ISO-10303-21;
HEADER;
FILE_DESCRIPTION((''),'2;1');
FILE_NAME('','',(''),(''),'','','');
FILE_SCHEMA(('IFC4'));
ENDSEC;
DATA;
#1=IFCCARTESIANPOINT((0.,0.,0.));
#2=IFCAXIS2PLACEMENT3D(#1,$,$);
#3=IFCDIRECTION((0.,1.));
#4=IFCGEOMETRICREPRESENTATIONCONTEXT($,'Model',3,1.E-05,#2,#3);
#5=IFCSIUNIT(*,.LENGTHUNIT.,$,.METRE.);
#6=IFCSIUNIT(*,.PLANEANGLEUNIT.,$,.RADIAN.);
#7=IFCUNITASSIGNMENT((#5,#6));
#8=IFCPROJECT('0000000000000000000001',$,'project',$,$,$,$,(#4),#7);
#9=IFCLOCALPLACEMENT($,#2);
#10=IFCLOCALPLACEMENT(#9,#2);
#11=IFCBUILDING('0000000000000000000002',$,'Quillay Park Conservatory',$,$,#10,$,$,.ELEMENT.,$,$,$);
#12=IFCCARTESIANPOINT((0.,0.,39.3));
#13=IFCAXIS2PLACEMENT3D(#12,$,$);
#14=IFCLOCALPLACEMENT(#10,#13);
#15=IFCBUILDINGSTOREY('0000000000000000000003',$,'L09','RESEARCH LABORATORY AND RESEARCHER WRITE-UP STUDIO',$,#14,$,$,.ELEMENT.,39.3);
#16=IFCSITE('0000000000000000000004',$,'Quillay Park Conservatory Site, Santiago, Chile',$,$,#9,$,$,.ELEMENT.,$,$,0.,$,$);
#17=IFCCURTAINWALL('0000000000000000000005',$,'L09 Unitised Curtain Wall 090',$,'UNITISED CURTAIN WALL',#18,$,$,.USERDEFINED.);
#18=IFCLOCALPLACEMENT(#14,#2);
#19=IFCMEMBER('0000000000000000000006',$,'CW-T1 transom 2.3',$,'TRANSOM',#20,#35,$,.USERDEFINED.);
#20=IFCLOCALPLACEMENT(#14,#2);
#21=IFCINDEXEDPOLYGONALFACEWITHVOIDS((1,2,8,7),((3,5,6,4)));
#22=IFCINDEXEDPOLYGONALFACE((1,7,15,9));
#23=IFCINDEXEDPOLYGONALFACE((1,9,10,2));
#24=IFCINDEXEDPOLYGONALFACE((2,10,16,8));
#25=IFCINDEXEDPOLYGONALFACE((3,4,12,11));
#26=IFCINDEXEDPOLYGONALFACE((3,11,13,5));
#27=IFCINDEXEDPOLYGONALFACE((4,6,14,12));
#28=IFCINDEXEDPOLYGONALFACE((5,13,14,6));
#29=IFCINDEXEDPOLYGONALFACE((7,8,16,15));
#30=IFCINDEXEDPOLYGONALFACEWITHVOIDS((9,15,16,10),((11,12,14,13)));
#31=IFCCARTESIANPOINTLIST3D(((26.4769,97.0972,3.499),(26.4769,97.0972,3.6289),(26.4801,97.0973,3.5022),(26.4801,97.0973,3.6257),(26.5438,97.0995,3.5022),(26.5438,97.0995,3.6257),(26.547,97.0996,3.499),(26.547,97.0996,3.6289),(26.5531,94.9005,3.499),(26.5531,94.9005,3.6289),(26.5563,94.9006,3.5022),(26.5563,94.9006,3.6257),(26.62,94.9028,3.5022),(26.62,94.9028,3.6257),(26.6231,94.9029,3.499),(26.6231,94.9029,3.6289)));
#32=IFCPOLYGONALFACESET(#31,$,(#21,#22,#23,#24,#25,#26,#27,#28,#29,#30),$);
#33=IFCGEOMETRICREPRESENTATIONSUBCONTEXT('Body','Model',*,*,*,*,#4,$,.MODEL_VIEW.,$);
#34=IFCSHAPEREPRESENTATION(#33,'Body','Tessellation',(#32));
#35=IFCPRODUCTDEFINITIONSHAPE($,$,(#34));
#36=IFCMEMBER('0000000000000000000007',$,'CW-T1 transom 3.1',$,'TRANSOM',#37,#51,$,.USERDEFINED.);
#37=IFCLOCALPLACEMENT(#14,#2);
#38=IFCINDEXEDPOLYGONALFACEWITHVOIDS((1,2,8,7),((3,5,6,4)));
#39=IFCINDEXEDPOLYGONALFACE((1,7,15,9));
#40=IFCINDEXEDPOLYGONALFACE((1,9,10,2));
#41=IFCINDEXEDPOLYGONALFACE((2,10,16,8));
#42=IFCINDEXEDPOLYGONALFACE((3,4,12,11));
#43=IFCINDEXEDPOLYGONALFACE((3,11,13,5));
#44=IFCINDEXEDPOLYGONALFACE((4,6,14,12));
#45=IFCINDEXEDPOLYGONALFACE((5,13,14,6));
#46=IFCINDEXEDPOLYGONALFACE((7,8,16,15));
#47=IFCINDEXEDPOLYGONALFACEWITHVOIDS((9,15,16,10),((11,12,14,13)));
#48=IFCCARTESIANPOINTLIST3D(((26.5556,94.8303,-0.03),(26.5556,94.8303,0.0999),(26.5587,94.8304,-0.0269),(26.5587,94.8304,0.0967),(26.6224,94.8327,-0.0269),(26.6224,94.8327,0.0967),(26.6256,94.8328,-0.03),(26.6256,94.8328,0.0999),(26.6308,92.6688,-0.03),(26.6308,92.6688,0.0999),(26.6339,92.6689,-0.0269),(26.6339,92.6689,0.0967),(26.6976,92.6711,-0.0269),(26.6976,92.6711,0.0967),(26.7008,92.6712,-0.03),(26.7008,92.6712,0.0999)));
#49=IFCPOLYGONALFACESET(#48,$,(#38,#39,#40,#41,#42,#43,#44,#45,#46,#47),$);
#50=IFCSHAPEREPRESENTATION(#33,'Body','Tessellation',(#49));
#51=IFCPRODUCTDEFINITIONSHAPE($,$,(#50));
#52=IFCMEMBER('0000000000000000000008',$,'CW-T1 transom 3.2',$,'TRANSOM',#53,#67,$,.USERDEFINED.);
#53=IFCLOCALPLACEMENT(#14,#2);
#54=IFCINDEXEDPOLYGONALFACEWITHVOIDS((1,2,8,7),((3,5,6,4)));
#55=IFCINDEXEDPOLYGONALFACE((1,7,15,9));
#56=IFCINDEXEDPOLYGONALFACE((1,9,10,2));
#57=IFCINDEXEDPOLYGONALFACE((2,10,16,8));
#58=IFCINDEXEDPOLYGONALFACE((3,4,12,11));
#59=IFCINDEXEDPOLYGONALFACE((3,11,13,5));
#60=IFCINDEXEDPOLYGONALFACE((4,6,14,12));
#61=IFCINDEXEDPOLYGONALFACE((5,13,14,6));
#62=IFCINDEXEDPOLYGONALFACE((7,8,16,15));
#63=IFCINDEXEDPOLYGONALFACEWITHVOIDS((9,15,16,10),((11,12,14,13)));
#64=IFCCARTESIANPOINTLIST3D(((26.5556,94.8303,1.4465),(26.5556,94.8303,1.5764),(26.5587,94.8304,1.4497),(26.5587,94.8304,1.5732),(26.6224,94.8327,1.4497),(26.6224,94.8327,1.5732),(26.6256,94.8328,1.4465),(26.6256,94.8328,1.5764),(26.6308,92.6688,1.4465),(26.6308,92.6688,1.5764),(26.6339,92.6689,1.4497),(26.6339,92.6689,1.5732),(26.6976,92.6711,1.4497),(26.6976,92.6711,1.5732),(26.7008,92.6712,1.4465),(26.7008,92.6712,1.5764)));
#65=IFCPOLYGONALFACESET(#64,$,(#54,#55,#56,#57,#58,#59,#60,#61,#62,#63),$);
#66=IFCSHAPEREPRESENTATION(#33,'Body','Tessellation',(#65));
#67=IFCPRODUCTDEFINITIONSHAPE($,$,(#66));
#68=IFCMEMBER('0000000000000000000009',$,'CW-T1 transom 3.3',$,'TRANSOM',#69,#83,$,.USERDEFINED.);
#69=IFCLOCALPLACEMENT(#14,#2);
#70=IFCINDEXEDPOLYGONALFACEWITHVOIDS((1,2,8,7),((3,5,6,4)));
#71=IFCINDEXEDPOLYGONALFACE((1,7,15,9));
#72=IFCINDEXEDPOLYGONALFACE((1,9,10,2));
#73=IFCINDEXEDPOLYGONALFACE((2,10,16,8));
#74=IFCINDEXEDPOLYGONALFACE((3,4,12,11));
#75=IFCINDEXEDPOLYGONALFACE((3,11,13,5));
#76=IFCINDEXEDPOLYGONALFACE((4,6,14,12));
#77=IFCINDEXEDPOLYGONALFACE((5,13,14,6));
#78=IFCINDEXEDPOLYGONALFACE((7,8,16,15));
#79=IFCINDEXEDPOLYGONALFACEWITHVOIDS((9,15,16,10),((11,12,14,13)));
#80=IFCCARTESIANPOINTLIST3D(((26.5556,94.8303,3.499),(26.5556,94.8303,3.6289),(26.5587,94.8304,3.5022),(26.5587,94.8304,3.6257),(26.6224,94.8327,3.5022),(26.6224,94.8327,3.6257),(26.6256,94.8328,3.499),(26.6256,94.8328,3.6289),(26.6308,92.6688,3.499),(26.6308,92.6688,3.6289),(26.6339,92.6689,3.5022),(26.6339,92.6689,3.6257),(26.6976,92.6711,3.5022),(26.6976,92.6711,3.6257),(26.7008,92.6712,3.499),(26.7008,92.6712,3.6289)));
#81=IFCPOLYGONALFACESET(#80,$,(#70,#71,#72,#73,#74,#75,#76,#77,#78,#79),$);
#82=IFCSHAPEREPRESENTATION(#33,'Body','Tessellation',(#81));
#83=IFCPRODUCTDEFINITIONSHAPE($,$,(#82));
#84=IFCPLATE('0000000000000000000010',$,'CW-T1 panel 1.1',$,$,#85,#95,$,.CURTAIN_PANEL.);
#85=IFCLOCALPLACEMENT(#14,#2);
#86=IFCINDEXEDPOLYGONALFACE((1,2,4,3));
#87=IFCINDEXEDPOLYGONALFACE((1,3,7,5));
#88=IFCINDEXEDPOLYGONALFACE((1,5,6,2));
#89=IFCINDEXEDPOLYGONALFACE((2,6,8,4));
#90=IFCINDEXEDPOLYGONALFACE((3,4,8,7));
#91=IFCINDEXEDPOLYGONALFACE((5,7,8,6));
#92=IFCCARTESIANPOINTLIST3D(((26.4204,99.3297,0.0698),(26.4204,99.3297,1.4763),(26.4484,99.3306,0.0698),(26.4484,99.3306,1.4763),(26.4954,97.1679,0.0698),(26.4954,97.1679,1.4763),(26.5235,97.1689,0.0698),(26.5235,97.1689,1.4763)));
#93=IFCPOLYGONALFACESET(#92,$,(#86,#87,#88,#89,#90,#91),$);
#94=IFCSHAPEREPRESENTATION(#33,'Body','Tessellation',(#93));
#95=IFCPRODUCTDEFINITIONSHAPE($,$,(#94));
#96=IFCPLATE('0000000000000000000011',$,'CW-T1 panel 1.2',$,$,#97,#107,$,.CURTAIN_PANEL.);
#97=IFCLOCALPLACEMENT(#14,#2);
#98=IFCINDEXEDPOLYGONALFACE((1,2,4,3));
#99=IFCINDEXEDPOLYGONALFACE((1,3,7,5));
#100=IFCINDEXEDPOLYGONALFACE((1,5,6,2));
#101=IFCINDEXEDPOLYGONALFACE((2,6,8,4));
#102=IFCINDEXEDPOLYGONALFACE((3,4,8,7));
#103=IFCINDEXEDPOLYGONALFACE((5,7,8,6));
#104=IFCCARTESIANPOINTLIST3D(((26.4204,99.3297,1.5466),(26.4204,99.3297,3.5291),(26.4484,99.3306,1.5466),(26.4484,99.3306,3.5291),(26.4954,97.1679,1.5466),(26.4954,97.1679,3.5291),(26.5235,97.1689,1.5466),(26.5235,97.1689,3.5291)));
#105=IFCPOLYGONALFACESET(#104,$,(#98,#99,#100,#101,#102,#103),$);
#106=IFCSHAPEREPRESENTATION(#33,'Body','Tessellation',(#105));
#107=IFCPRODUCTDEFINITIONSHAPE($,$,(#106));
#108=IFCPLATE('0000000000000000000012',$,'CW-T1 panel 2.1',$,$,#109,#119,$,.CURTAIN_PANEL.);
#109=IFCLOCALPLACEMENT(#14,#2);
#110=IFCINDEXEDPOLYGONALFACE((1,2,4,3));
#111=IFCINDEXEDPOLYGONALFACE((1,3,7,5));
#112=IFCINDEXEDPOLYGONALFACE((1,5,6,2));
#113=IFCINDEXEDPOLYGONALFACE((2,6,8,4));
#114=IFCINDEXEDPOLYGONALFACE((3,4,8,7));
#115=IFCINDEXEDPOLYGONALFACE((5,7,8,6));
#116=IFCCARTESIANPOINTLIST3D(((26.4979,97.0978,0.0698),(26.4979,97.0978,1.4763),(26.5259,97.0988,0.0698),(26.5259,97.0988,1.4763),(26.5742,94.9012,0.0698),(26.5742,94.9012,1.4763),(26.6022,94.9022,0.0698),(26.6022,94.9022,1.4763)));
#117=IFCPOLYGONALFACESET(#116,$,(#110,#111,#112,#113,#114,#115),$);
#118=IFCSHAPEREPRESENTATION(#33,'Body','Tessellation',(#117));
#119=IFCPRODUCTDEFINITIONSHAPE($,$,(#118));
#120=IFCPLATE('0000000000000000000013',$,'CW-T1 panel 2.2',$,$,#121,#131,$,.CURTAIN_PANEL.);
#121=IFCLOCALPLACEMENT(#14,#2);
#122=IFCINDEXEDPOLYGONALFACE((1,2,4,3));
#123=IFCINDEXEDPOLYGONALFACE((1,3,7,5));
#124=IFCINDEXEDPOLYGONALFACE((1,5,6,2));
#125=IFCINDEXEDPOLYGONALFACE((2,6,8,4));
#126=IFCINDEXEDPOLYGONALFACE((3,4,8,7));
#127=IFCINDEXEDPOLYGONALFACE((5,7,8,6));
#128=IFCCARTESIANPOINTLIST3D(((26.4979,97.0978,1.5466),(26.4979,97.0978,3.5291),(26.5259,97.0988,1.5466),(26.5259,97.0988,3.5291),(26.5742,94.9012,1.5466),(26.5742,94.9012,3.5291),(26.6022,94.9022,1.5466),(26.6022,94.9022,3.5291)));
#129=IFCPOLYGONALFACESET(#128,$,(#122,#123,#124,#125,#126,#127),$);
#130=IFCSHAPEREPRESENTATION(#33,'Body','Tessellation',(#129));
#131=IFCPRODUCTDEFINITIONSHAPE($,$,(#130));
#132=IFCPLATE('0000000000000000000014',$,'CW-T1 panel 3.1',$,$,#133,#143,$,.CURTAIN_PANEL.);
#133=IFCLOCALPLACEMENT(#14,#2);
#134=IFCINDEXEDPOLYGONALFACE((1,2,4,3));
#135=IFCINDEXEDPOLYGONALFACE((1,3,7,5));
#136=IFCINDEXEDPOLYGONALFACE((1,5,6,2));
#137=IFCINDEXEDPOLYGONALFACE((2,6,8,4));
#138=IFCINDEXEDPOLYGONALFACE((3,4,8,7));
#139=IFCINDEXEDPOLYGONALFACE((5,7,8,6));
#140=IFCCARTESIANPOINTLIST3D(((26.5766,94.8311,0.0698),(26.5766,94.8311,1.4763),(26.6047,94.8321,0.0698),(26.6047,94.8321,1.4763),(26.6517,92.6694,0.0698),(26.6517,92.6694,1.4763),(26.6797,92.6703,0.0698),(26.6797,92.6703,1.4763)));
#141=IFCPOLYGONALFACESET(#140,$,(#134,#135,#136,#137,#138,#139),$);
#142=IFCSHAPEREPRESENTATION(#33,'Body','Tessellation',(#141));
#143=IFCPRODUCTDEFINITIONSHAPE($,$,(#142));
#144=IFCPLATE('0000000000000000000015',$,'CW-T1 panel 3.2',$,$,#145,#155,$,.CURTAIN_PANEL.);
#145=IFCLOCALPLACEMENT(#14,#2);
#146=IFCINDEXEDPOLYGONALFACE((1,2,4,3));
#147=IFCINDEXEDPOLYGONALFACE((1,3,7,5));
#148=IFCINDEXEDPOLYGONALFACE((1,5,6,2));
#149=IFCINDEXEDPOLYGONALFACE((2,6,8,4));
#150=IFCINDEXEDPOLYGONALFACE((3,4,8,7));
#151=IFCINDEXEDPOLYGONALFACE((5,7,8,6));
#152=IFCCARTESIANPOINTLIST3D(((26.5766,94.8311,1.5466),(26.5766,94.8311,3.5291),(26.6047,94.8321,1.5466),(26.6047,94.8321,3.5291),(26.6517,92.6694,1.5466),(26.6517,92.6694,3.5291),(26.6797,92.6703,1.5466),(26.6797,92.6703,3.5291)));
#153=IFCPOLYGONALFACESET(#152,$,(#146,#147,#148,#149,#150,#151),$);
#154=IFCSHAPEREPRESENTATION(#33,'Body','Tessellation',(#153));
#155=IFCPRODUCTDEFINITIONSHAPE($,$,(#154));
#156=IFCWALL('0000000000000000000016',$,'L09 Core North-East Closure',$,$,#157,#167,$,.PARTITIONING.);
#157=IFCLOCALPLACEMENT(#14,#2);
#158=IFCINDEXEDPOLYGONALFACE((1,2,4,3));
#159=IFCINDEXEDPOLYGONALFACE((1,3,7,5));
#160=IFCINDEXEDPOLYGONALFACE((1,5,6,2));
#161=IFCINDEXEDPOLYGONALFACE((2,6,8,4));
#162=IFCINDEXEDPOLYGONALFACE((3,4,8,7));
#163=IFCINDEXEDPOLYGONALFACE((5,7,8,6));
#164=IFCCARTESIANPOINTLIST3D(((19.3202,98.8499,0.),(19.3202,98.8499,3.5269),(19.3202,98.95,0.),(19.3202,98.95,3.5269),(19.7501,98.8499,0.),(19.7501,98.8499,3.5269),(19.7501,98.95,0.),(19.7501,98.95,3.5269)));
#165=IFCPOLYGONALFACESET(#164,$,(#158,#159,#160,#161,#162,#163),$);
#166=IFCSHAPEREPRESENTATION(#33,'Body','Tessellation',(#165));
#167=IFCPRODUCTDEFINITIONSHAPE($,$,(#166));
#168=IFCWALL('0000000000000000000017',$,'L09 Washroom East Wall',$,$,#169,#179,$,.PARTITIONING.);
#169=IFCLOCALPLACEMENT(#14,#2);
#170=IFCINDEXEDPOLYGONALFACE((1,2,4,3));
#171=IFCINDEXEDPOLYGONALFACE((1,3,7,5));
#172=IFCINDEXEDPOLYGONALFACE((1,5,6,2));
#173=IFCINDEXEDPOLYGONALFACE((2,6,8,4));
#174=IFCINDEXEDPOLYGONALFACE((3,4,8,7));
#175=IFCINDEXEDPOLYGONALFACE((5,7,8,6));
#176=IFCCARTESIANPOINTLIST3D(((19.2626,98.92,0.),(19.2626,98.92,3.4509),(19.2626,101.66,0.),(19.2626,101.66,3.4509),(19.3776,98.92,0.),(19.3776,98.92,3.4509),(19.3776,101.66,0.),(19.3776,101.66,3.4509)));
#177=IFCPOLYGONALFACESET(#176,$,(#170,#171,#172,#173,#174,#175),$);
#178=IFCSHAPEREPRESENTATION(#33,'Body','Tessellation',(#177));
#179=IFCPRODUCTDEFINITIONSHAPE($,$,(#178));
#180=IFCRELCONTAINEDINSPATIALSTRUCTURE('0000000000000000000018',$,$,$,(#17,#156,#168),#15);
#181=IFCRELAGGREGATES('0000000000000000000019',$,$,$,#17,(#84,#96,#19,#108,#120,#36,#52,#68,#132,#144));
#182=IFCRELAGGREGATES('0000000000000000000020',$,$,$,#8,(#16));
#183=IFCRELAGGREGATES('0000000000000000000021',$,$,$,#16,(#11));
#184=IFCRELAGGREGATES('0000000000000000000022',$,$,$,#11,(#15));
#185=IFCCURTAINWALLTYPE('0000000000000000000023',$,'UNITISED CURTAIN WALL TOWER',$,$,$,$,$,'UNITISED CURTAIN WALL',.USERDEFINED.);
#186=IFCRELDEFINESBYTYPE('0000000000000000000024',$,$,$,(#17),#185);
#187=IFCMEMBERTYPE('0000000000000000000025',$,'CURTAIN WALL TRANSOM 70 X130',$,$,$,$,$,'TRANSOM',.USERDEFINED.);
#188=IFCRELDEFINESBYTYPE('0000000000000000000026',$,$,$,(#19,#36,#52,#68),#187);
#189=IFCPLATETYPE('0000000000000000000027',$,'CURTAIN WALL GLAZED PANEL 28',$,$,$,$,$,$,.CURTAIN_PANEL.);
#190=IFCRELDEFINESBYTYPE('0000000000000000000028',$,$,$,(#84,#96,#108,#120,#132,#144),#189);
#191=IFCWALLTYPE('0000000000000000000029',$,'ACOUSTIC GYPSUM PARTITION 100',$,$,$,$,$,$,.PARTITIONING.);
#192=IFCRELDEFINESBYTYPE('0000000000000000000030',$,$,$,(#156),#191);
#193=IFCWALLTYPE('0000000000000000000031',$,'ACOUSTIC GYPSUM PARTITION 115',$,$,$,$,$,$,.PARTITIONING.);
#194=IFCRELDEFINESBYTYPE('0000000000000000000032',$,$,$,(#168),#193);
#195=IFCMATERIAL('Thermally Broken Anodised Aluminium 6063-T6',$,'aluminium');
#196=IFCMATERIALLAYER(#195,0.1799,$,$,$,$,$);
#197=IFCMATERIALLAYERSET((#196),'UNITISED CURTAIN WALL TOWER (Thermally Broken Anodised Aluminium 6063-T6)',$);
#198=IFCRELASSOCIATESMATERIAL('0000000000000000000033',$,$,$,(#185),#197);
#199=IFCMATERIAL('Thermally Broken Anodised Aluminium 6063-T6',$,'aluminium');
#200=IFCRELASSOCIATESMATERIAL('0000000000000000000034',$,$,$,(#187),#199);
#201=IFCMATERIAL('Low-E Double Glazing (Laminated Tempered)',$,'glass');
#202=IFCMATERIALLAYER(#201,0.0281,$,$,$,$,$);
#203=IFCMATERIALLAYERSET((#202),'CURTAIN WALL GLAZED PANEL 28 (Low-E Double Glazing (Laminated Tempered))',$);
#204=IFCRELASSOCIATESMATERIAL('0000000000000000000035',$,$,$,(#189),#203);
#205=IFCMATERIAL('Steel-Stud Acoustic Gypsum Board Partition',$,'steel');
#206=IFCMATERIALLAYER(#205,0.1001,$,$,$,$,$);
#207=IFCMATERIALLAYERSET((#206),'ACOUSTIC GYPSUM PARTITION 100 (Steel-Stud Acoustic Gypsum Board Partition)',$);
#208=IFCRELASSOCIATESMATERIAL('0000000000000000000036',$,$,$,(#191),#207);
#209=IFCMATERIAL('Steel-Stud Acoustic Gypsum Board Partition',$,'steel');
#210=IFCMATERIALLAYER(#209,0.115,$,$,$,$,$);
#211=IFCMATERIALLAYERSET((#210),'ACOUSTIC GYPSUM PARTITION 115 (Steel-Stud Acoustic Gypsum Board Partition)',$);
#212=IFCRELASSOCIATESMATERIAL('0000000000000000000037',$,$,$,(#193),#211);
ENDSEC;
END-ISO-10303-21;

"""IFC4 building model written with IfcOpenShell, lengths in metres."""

from ifc_helpers import new_model, si_unit, direction, frame, frame_2d, origin, origin_2d, place, context, subcontext, project, spatial, rectangle, hollow_rectangle, extrude, material, layer, layer_set, material_profile, profile_set, type_object, element, aggregate, save


model = new_model("IFC4")

# Units and contexts
model_context = context("Model", 3, precision=1e-05, world=origin(), true_north=direction((0.0, 1.0)))
body_context = subcontext(model_context, "Body", "Model", "MODEL_VIEW")
ifc_project = project(units=[si_unit("LENGTHUNIT", "METRE"), si_unit("PLANEANGLEUNIT", "RADIAN")], contexts=[model_context])

# Site, building, storey
site_placement = place(None, origin())
site = spatial("IfcSite", under=ifc_project, at=site_placement, Name="Quillay Park Conservatory Site, Santiago, Chile", CompositionType="ELEMENT", RefElevation=0.0)
building_placement = place(site_placement, origin())
building = spatial("IfcBuilding", under=site, at=building_placement, Name="Quillay Park Conservatory", CompositionType="ELEMENT")
storey_placement = place(building_placement, frame((0.0, 0.0, 39.3)))
storey = spatial("IfcBuildingStorey", under=building, at=storey_placement, Name="L09", Description="RESEARCH LABORATORY AND RESEARCHER WRITE-UP STUDIO", CompositionType="ELEMENT", Elevation=39.3)

# Curtain wall, members, plates
ifc_material_1 = material(Name="Thermally Broken Anodised Aluminium 6063-T6", Category="aluminium")
ifc_layer_1 = layer(ifc_material_1, 0.1799)
ifc_layer_set_1 = layer_set([ifc_layer_1], Name="UNITISED CURTAIN WALL TOWER (Thermally Broken Anodised Aluminium 6063-T6)")
curtain_wall_type = type_object("IfcCurtainWallType", Name="UNITISED CURTAIN WALL TOWER", ElementType="UNITISED CURTAIN WALL", PredefinedType="USERDEFINED", material=ifc_layer_set_1)
curtain_wall_placement = place(storey_placement, origin())
curtain_wall = element("IfcCurtainWall", 1, at=curtain_wall_placement, inside=storey, type_object=curtain_wall_type, Name="L09 Unitised Curtain Wall 090", ObjectType="UNITISED CURTAIN WALL", PredefinedType="USERDEFINED")
ifc_material_2 = material(Name="Thermally Broken Anodised Aluminium 6063-T6", Category="aluminium")
ifc_material_profile_1 = material_profile(ifc_material_2, hollow_rectangle(XDim=0.0701, YDim=0.1299, WallThickness=0.0032, at=origin_2d()), Name="AL70x130x3.2")
ifc_profile_set_1 = profile_set([ifc_material_profile_1], Name="Thermally Broken Anodised Aluminium 6063-T6")
member_type_1 = type_object("IfcMemberType", Name="CURTAIN WALL TRANSOM 70 X130", ElementType="TRANSOM", PredefinedType="USERDEFINED", material=ifc_profile_set_1)
member_1_placement = place(storey_placement, frame((26.512, 97.0984, 3.564), z_axis=(0.034654, -0.999399, 0.0), x_axis=(0.999399, 0.034654, 0.0)))
member_1 = element("IfcMember", 2, at=member_1_placement, type_object=member_type_1, Name="CW-T1 transom 2.3", ObjectType="TRANSOM", PredefinedType="USERDEFINED", context=body_context, shape_type="SweptSolid", body=[
    extrude(hollow_rectangle(XDim=0.0701, YDim=0.1299, WallThickness=0.0032, at=origin_2d()), origin(), (0.0, 0.0, 1.0), 2.198),
])
member_2_placement = place(storey_placement, frame((26.5906, 94.8315, 0.0349), z_axis=(0.034766, -0.999395, 0.0), x_axis=(0.999395, 0.034766, 0.0)))
member_2 = element("IfcMember", 3, at=member_2_placement, type_object=member_type_1, Name="CW-T1 transom 3.1", ObjectType="TRANSOM", PredefinedType="USERDEFINED", context=body_context, shape_type="SweptSolid", body=[
    extrude(hollow_rectangle(XDim=0.0701, YDim=0.1299, WallThickness=0.0032, at=origin_2d()), origin(), (0.0, 0.0, 1.0), 2.1628),
])
member_3_placement = place(storey_placement, frame((26.5906, 94.8315, 1.5115), z_axis=(0.034766, -0.999395, 0.0), x_axis=(0.999395, 0.034766, 0.0)))
member_3 = element("IfcMember", 4, at=member_3_placement, type_object=member_type_1, Name="CW-T1 transom 3.2", ObjectType="TRANSOM", PredefinedType="USERDEFINED", context=body_context, shape_type="SweptSolid", body=[
    extrude(hollow_rectangle(XDim=0.0701, YDim=0.1299, WallThickness=0.0032, at=origin_2d()), origin(), (0.0, 0.0, 1.0), 2.1628),
])
member_4_placement = place(storey_placement, frame((26.5906, 94.8315, 3.564), z_axis=(0.034766, -0.999395, 0.0), x_axis=(0.999395, 0.034766, 0.0)))
member_4 = element("IfcMember", 5, at=member_4_placement, type_object=member_type_1, Name="CW-T1 transom 3.3", ObjectType="TRANSOM", PredefinedType="USERDEFINED", context=body_context, shape_type="SweptSolid", body=[
    extrude(hollow_rectangle(XDim=0.0701, YDim=0.1299, WallThickness=0.0032, at=origin_2d()), origin(), (0.0, 0.0, 1.0), 2.1628),
])
ifc_material_3 = material(Name="Low-E Double Glazing (Laminated Tempered)", Category="glass")
ifc_layer_2 = layer(ifc_material_3, 0.0281)
ifc_layer_set_2 = layer_set([ifc_layer_2], Name="CURTAIN WALL GLAZED PANEL 28 (Low-E Double Glazing (Laminated Tempered))")
plate_type = type_object("IfcPlateType", Name="CURTAIN WALL GLAZED PANEL 28", PredefinedType="CURTAIN_PANEL", material=ifc_layer_set_2)
plate_1_placement = place(storey_placement, frame((26.4719, 98.2493, 0.0698), z_axis=(0.0, 0.0, 1.0), x_axis=(0.034713, -0.999397, 0.0)))
plate_1 = element("IfcPlate", 6, at=plate_1_placement, type_object=plate_type, Name="CW-T1 panel 1.1", PredefinedType="CURTAIN_PANEL", context=body_context, shape_type="SweptSolid", body=[
    extrude(rectangle(XDim=2.1631, YDim=0.0281, at=origin_2d()), origin(), (0.0, 0.0, 1.0), 1.4065),
])
plate_2_placement = place(storey_placement, frame((26.4719, 98.2493, 1.5466), z_axis=(0.0, 0.0, 1.0), x_axis=(0.034713, -0.999397, 0.0)))
plate_2 = element("IfcPlate", 7, at=plate_2_placement, type_object=plate_type, Name="CW-T1 panel 1.2", PredefinedType="CURTAIN_PANEL", context=body_context, shape_type="SweptSolid", body=[
    extrude(rectangle(XDim=2.1631, YDim=0.0281, at=origin_2d()), origin(), (0.0, 0.0, 1.0), 1.9824),
])
plate_3_placement = place(storey_placement, frame((26.55, 96.0, 0.0698), z_axis=(0.0, 0.0, 1.0), x_axis=(0.034713, -0.999397, 0.0)))
plate_3 = element("IfcPlate", 8, at=plate_3_placement, type_object=plate_type, Name="CW-T1 panel 2.1", PredefinedType="CURTAIN_PANEL", context=body_context, shape_type="SweptSolid", body=[
    extrude(rectangle(XDim=2.198, YDim=0.0281, at=origin_2d()), origin(), (0.0, 0.0, 1.0), 1.4065),
])
plate_4_placement = place(storey_placement, frame((26.55, 96.0, 1.5466), z_axis=(0.0, 0.0, 1.0), x_axis=(0.034713, -0.999397, 0.0)))
plate_4 = element("IfcPlate", 9, at=plate_4_placement, type_object=plate_type, Name="CW-T1 panel 2.2", PredefinedType="CURTAIN_PANEL", context=body_context, shape_type="SweptSolid", body=[
    extrude(rectangle(XDim=2.198, YDim=0.0281, at=origin_2d()), origin(), (0.0, 0.0, 1.0), 1.9824),
])
plate_5_placement = place(storey_placement, frame((26.6282, 93.7507, 0.0698), z_axis=(0.0, 0.0, 1.0), x_axis=(0.034713, -0.999397, 0.0)))
plate_5 = element("IfcPlate", 10, at=plate_5_placement, type_object=plate_type, Name="CW-T1 panel 3.1", PredefinedType="CURTAIN_PANEL", context=body_context, shape_type="SweptSolid", body=[
    extrude(rectangle(XDim=2.1631, YDim=0.0281, at=origin_2d()), origin(), (0.0, 0.0, 1.0), 1.4065),
])
plate_6_placement = place(storey_placement, frame((26.6282, 93.7507, 1.5466), z_axis=(0.0, 0.0, 1.0), x_axis=(0.034713, -0.999397, 0.0)))
plate_6 = element("IfcPlate", 11, at=plate_6_placement, type_object=plate_type, Name="CW-T1 panel 3.2", PredefinedType="CURTAIN_PANEL", context=body_context, shape_type="SweptSolid", body=[
    extrude(rectangle(XDim=2.1631, YDim=0.0281, at=origin_2d()), origin(), (0.0, 0.0, 1.0), 1.9824),
])
aggregate(curtain_wall, [plate_1, plate_2, member_1, plate_3, plate_4, member_2, member_3, member_4, plate_5, plate_6])

# Walls
ifc_material_4 = material(Name="Steel-Stud Acoustic Gypsum Board Partition", Category="steel")
ifc_layer_3 = layer(ifc_material_4, 0.1001)
ifc_layer_set_3 = layer_set([ifc_layer_3], Name="ACOUSTIC GYPSUM PARTITION 100 (Steel-Stud Acoustic Gypsum Board Partition)")
wall_type_1 = type_object("IfcWallType", Name="ACOUSTIC GYPSUM PARTITION 100", PredefinedType="PARTITIONING", material=ifc_layer_set_3)
wall_1_placement = place(storey_placement, frame((19.75, 98.8999, 0.0), z_axis=(0.0, 0.0, 1.0), x_axis=(-1.0, 0.0, 0.0)))
element("IfcWall", 12, at=wall_1_placement, inside=storey, type_object=wall_type_1, Name="L09 Core North-East Closure", PredefinedType="PARTITIONING", context=body_context, shape_type="SweptSolid", body=[
    extrude(rectangle(XDim=0.4299, YDim=0.1001, at=frame_2d((0.2148, 0.0))), origin(), (0.0, 0.0, 1.0), 3.5269),
])
ifc_material_5 = material(Name="Steel-Stud Acoustic Gypsum Board Partition", Category="steel")
ifc_layer_4 = layer(ifc_material_5, 0.115)
ifc_layer_set_4 = layer_set([ifc_layer_4], Name="ACOUSTIC GYPSUM PARTITION 115 (Steel-Stud Acoustic Gypsum Board Partition)")
wall_type_2 = type_object("IfcWallType", Name="ACOUSTIC GYPSUM PARTITION 115", PredefinedType="PARTITIONING", material=ifc_layer_set_4)
wall_2_placement = place(storey_placement, frame((19.3201, 98.9199, 0.0), z_axis=(0.0, 0.0, 1.0), x_axis=(0.0, 1.0, 0.0)))
element("IfcWall", 13, at=wall_2_placement, inside=storey, type_object=wall_type_2, Name="L09 Washroom East Wall", PredefinedType="PARTITIONING", context=body_context, shape_type="SweptSolid", body=[
    extrude(rectangle(XDim=2.74, YDim=0.115, at=frame_2d((1.3701, 0.0))), origin(), (0.0, 0.0, 1.0), 3.4509),
])

save(model, "model.ifc")
